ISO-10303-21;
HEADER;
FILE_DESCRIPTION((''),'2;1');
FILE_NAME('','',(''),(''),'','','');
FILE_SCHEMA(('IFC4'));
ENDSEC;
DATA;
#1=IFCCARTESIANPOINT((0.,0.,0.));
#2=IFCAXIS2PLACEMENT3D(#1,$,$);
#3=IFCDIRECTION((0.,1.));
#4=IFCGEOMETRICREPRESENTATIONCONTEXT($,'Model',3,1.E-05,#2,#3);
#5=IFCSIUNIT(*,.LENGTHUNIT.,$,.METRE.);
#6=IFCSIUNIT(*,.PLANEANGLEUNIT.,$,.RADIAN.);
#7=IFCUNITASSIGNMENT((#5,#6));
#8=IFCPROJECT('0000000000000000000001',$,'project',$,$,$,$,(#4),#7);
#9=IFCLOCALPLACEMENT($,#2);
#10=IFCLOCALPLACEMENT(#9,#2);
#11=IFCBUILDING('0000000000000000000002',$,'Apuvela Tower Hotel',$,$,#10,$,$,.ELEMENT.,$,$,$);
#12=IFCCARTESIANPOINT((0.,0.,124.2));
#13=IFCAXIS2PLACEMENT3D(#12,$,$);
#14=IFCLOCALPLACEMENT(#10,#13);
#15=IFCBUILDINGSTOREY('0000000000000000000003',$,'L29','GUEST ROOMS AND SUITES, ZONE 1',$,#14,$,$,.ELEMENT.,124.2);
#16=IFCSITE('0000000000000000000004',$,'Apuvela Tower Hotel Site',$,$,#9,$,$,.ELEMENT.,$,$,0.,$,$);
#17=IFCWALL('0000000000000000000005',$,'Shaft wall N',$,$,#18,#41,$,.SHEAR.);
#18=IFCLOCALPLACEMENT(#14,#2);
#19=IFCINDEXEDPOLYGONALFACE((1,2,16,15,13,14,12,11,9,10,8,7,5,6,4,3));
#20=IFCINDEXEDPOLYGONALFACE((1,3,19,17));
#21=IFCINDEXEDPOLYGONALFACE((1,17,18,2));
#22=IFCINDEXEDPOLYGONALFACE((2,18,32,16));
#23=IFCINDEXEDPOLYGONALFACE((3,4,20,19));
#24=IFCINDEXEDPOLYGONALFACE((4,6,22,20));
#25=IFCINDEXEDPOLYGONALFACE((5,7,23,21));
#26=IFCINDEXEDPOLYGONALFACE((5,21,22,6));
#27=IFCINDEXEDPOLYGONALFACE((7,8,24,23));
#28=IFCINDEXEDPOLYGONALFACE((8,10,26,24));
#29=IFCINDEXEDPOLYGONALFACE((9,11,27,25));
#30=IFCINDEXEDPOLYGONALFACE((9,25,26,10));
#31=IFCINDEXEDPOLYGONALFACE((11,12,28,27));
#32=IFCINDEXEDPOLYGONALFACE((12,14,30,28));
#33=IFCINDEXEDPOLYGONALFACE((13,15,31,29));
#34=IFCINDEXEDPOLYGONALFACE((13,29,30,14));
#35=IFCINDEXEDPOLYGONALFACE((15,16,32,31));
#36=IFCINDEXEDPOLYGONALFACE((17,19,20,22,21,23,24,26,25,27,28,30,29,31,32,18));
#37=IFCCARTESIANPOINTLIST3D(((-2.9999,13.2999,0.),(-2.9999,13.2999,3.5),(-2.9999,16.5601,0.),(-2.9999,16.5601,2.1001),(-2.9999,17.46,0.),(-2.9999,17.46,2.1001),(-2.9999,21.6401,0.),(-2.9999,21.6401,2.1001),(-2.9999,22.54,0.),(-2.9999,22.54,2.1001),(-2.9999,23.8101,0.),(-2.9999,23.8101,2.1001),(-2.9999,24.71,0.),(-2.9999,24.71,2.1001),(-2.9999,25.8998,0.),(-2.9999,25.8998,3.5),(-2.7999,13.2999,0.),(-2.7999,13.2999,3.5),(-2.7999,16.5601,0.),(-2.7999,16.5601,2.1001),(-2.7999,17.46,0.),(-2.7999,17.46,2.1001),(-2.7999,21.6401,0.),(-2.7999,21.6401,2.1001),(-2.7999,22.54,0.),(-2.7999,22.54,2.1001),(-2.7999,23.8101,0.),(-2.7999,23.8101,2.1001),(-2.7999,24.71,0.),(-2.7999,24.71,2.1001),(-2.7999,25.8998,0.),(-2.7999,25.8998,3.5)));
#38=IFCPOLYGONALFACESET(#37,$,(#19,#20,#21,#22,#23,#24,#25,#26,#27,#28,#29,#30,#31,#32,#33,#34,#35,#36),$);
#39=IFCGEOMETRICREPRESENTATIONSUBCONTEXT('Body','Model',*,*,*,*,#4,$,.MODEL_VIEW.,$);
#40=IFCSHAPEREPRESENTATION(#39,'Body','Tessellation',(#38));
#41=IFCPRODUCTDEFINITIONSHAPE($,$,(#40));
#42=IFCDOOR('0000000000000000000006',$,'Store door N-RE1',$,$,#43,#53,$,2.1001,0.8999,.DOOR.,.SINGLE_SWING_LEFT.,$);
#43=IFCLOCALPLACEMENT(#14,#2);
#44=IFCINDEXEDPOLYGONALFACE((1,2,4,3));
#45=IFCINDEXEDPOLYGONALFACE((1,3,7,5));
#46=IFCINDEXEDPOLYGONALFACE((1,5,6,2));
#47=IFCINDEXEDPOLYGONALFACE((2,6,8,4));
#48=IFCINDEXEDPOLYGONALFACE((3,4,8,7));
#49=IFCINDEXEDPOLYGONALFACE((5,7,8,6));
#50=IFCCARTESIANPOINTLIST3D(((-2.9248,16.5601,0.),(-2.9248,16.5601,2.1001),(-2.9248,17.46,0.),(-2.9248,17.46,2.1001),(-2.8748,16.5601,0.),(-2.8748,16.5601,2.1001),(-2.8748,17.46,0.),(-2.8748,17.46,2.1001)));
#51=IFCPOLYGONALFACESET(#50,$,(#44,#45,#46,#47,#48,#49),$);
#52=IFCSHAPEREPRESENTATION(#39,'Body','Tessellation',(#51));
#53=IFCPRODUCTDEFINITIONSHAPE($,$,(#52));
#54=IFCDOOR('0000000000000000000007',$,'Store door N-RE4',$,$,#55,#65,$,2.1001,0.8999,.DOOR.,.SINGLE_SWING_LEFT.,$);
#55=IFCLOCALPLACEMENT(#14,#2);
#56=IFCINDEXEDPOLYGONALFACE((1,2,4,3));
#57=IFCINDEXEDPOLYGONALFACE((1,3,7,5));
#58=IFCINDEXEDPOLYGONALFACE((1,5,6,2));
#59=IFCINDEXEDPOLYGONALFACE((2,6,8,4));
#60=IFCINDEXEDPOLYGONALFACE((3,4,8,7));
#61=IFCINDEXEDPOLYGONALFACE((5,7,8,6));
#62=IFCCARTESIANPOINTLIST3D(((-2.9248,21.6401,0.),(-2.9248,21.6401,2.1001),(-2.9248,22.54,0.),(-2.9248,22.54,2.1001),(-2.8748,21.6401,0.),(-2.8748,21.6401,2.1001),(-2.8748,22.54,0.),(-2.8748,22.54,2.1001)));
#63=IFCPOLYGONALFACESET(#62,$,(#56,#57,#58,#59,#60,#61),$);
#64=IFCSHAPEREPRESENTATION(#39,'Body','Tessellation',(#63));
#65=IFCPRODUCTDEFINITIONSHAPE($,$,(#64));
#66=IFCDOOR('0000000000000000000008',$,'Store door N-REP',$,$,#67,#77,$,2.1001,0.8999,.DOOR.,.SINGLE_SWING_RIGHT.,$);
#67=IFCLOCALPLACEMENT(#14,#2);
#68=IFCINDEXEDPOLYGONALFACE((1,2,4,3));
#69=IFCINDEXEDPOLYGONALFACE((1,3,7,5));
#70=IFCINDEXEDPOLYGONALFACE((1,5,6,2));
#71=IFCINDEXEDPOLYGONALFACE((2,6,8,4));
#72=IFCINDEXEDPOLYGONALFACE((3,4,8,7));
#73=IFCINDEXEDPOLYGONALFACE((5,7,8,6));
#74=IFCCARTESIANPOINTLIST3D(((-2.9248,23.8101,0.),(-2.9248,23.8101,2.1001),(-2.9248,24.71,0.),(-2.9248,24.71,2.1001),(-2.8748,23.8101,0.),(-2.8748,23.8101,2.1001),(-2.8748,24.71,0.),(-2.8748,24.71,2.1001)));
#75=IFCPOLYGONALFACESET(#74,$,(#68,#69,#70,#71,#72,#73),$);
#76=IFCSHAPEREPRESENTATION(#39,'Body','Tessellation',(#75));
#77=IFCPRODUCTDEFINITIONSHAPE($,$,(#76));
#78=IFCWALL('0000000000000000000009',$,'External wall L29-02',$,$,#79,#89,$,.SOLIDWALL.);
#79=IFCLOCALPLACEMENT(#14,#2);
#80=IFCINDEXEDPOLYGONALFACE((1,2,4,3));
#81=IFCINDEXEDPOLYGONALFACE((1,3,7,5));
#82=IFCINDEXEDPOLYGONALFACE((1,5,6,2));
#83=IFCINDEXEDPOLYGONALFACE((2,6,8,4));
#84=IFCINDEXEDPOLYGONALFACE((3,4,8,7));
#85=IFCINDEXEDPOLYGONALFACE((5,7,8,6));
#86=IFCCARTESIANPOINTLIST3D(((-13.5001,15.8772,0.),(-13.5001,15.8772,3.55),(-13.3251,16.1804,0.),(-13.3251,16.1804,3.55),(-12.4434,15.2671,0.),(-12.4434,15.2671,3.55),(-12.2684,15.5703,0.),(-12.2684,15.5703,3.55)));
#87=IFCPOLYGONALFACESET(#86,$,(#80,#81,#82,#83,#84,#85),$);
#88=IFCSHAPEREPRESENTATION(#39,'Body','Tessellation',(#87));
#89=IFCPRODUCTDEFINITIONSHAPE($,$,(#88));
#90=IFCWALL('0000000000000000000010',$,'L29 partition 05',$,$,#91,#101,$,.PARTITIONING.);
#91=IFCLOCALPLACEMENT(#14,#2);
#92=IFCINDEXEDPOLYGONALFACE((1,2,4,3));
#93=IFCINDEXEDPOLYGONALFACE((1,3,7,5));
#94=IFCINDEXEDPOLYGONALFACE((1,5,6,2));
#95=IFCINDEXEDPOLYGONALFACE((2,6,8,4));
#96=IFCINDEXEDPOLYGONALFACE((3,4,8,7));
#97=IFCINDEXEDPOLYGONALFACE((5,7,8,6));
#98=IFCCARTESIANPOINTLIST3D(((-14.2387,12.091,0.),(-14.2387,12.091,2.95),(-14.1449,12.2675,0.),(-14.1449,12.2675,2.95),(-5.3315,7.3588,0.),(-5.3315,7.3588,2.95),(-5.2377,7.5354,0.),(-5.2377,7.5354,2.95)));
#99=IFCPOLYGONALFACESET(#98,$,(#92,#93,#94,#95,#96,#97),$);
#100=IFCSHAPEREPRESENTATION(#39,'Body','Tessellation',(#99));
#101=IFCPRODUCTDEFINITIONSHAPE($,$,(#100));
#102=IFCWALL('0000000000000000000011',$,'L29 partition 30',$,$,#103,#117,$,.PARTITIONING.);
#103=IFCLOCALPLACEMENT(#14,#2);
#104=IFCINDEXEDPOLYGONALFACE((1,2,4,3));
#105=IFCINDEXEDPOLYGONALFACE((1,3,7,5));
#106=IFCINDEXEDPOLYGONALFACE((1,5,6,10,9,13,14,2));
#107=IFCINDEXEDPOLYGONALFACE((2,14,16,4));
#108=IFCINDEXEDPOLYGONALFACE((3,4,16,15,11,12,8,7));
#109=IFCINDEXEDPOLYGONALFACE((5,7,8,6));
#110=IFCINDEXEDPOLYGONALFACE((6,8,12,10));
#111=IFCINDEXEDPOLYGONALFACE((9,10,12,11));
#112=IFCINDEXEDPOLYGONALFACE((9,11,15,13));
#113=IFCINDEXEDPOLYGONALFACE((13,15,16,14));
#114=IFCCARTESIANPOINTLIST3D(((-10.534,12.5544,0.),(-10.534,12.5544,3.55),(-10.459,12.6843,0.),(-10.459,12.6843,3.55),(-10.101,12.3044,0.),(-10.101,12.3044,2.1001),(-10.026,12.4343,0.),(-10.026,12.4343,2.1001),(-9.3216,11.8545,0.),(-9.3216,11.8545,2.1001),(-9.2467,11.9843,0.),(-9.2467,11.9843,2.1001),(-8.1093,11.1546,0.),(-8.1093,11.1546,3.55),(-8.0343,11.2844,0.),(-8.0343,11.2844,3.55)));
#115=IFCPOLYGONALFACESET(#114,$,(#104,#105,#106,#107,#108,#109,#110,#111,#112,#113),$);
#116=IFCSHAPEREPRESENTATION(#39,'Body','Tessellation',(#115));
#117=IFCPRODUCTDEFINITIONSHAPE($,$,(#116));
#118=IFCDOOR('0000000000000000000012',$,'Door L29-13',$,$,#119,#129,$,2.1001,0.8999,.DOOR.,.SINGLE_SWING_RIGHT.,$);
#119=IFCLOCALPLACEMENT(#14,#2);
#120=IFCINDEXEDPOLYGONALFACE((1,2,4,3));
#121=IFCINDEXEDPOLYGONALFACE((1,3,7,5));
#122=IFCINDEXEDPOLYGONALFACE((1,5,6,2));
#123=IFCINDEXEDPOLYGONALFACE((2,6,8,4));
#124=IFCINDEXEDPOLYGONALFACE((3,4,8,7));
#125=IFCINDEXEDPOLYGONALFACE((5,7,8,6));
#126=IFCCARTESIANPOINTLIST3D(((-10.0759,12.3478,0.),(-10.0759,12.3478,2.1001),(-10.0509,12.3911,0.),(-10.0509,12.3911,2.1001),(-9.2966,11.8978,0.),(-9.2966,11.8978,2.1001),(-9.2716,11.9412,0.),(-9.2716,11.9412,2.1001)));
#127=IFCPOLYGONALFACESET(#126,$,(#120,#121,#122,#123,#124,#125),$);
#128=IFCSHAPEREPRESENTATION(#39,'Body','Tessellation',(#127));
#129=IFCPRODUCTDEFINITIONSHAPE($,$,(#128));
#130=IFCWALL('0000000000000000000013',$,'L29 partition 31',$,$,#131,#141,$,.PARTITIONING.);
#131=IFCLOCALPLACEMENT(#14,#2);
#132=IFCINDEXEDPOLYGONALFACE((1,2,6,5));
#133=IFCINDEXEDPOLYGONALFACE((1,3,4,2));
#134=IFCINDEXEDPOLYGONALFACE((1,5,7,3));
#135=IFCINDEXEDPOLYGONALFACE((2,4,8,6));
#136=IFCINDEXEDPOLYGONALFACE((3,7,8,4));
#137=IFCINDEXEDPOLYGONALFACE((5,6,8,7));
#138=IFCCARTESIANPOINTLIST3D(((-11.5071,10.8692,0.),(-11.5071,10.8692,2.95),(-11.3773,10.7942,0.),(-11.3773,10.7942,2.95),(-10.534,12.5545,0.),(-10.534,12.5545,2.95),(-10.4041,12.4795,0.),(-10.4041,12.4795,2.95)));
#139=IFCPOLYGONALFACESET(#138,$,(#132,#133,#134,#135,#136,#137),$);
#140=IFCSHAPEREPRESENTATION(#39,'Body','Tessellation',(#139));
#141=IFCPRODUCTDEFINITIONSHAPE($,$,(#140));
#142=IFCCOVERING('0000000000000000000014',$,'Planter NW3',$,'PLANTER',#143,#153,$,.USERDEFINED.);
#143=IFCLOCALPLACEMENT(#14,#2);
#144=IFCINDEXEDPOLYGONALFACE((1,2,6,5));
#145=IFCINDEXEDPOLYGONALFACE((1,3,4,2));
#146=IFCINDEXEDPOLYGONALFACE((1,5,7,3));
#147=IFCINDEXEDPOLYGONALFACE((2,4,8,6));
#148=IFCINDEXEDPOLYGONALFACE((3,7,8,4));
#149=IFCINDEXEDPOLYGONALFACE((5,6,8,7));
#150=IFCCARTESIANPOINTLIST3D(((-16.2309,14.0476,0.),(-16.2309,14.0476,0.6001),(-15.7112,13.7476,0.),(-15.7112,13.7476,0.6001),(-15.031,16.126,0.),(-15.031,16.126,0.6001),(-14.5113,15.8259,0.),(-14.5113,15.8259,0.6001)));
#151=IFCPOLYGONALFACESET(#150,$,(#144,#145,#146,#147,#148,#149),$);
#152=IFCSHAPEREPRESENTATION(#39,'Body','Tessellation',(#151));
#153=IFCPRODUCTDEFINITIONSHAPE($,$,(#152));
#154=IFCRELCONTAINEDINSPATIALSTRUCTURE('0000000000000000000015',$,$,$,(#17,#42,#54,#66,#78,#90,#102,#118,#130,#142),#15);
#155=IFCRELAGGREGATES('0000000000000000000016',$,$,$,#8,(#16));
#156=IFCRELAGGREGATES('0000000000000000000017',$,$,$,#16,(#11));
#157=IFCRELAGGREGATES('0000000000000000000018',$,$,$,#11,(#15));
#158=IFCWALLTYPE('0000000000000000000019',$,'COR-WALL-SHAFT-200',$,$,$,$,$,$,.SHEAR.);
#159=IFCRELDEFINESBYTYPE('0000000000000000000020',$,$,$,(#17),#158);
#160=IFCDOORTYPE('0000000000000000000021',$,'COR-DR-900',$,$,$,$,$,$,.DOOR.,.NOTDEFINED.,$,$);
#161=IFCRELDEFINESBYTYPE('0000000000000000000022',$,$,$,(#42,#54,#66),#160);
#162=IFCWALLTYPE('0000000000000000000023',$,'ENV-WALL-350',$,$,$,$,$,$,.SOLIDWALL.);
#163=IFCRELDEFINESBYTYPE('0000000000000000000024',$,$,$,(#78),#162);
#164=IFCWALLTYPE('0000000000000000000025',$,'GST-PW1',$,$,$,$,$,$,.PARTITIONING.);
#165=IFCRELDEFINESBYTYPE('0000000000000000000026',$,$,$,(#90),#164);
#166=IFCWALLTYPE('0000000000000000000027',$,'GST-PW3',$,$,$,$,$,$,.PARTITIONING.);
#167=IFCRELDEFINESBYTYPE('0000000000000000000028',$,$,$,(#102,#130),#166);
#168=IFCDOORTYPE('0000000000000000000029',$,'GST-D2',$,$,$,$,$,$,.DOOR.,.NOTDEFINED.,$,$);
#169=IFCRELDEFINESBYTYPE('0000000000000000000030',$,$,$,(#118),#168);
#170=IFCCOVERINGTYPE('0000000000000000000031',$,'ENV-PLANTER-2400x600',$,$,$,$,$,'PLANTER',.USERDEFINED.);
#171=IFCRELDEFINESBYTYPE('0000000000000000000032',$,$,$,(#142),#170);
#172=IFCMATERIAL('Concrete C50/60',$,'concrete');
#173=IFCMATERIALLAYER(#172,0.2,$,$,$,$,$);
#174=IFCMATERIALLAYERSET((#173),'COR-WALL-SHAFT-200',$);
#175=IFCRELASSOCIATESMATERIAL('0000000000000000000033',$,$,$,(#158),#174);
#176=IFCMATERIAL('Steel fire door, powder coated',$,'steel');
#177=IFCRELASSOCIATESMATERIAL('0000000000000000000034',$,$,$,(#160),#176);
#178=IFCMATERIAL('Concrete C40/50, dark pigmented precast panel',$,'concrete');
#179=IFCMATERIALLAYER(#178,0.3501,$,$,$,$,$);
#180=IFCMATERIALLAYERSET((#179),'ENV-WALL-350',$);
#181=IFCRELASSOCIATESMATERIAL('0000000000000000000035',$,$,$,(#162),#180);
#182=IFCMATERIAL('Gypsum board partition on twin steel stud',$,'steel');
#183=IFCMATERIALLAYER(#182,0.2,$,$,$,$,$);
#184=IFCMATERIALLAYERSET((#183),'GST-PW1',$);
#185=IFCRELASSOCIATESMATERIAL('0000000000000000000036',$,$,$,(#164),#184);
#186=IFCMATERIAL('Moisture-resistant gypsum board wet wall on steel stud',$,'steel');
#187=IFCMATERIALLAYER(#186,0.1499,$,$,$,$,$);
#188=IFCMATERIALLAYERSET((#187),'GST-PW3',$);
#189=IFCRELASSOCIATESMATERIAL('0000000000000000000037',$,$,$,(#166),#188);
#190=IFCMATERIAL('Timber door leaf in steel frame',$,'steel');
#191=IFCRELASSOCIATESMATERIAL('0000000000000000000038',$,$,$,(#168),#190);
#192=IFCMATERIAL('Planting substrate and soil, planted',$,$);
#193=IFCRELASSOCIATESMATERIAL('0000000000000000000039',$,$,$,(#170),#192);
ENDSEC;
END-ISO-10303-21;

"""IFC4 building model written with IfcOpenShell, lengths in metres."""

from ifc_helpers import new_model, si_unit, direction, frame, frame_2d, origin, origin_2d, place, context, subcontext, project, spatial, rectangle, extrude, material, layer, layer_set, type_object, element, fill, save


model = new_model("IFC4")

# Units and contexts
model_context = context("Model", 3, precision=1e-05, world=origin(), true_north=direction((0.0, 1.0)))
body_context = subcontext(model_context, "Body", "Model", "MODEL_VIEW")
ifc_project = project(units=[si_unit("LENGTHUNIT", "METRE"), si_unit("PLANEANGLEUNIT", "RADIAN")], contexts=[model_context])

# Site, building, storey
site_placement = place(None, origin())
site = spatial("IfcSite", under=ifc_project, at=site_placement, Name="Apuvela Tower Hotel Site", CompositionType="ELEMENT", RefElevation=0.0)
building_placement = place(site_placement, origin())
building = spatial("IfcBuilding", under=site, at=building_placement, Name="Apuvela Tower Hotel", CompositionType="ELEMENT")
storey_placement = place(building_placement, frame((0.0, 0.0, 124.2)))
storey = spatial("IfcBuildingStorey", under=building, at=storey_placement, Name="L29", Description="GUEST ROOMS AND SUITES, ZONE 1", CompositionType="ELEMENT", Elevation=124.2)

# Shared definitions
ifc_material_1 = material(Name="Concrete C50/60", Category="concrete")
ifc_layer_1 = layer(ifc_material_1, 0.2)
ifc_layer_set_1 = layer_set([ifc_layer_1], Name="COR-WALL-SHAFT-200")
wall_type_1 = type_object("IfcWallType", Name="COR-WALL-SHAFT-200", PredefinedType="SHEAR", material=ifc_layer_set_1)

# Wall, openings, doors
wall_1_placement = place(storey_placement, frame((-2.8999, 13.3, 0.0), z_axis=(0.0, 0.0, 1.0), x_axis=(0.0, 1.0, 0.0)))
wall_1 = element("IfcWall", 1, at=wall_1_placement, inside=storey, type_object=wall_type_1, Name="Shaft wall N", PredefinedType="SHEAR", context=body_context, shape_type="SweptSolid", body=[
    extrude(rectangle(XDim=12.5999, YDim=0.2, at=frame_2d((6.2998, 0.0))), origin(), (0.0, 0.0, 1.0), 3.5),
])
opening_1_placement = place(wall_1_placement, frame((3.26, 0.0, 0.0)))
opening_1 = element("IfcOpeningElement", 2, at=opening_1_placement, cuts=wall_1, PredefinedType="OPENING", context=body_context, shape_type="SweptSolid", body=[
    extrude(rectangle(XDim=0.8999, YDim=2.1001, at=frame_2d((0.45, 1.05))), frame((0.0, 0.1099, 0.0), z_axis=(0.0, -1.0, 0.0), x_axis=(1.0, 0.0, 0.0)), (0.0, 0.0, 1.0), 0.22),
])
opening_2_placement = place(wall_1_placement, frame((8.3401, 0.0, 0.0)))
opening_2 = element("IfcOpeningElement", 3, at=opening_2_placement, cuts=wall_1, PredefinedType="OPENING", context=body_context, shape_type="SweptSolid", body=[
    extrude(rectangle(XDim=0.8999, YDim=2.1001, at=frame_2d((0.45, 1.05))), frame((0.0, 0.1099, 0.0), z_axis=(0.0, -1.0, 0.0), x_axis=(1.0, 0.0, 0.0)), (0.0, 0.0, 1.0), 0.22),
])
opening_3_placement = place(wall_1_placement, frame((10.51, 0.0, 0.0)))
opening_3 = element("IfcOpeningElement", 4, at=opening_3_placement, cuts=wall_1, PredefinedType="OPENING", context=body_context, shape_type="SweptSolid", body=[
    extrude(rectangle(XDim=0.8999, YDim=2.1001, at=frame_2d((0.45, 1.05))), frame((0.0, 0.1099, 0.0), z_axis=(0.0, -1.0, 0.0), x_axis=(1.0, 0.0, 0.0)), (0.0, 0.0, 1.0), 0.22),
])
ifc_material_2 = material(Name="Steel fire door, powder coated", Category="steel")
door_type_1 = type_object("IfcDoorType", Name="COR-DR-900", OperationType="NOTDEFINED", PredefinedType="DOOR", material=ifc_material_2)
door_1_placement = place(opening_1_placement, origin())
door_1 = element("IfcDoor", 5, at=door_1_placement, inside=storey, type_object=door_type_1, Name="Store door N-RE1", OperationType="SINGLE_SWING_LEFT", OverallHeight=2.1001, OverallWidth=0.8999, PredefinedType="DOOR", context=body_context, shape_type="SweptSolid", body=[
    extrude(rectangle(XDim=0.8999, YDim=2.1001, at=frame_2d((0.45, 1.05))), frame((0.0, 0.0249, 0.0), z_axis=(0.0, -1.0, 0.0), x_axis=(1.0, 0.0, 0.0)), (0.0, 0.0, 1.0), 0.05),
])
fill(opening_1, door_1)
door_2_placement = place(opening_2_placement, origin())
door_2 = element("IfcDoor", 6, at=door_2_placement, inside=storey, type_object=door_type_1, Name="Store door N-RE4", OperationType="SINGLE_SWING_LEFT", OverallHeight=2.1001, OverallWidth=0.8999, PredefinedType="DOOR", context=body_context, shape_type="SweptSolid", body=[
    extrude(rectangle(XDim=0.8999, YDim=2.1001, at=frame_2d((0.45, 1.05))), frame((0.0, 0.0249, 0.0), z_axis=(0.0, -1.0, 0.0), x_axis=(1.0, 0.0, 0.0)), (0.0, 0.0, 1.0), 0.05),
])
fill(opening_2, door_2)
door_3_placement = place(opening_3_placement, origin())
door_3 = element("IfcDoor", 7, at=door_3_placement, inside=storey, type_object=door_type_1, Name="Store door N-REP", OperationType="SINGLE_SWING_RIGHT", OverallHeight=2.1001, OverallWidth=0.8999, PredefinedType="DOOR", context=body_context, shape_type="SweptSolid", body=[
    extrude(rectangle(XDim=0.8999, YDim=2.1001, at=frame_2d((0.45, 1.05))), frame((0.0, 0.0249, 0.0), z_axis=(0.0, -1.0, 0.0), x_axis=(1.0, 0.0, 0.0)), (0.0, 0.0, 1.0), 0.05),
])
fill(opening_3, door_3)

# Wall
ifc_material_3 = material(Name="Concrete C40/50, dark pigmented precast panel", Category="concrete")
ifc_layer_2 = layer(ifc_material_3, 0.3501)
ifc_layer_set_2 = layer_set([ifc_layer_2], Name="ENV-WALL-350")
wall_type_2 = type_object("IfcWallType", Name="ENV-WALL-350", PredefinedType="SOLIDWALL", material=ifc_layer_set_2)
wall_2_placement = place(storey_placement, frame((-13.4126, 16.0288, 0.0), z_axis=(0.0, 0.0, 1.0), x_axis=(0.866006, -0.500034, 0.0)))
element("IfcWall", 8, at=wall_2_placement, inside=storey, type_object=wall_type_2, Name="External wall L29-02", PredefinedType="SOLIDWALL", context=body_context, shape_type="SweptSolid", body=[
    extrude(rectangle(XDim=1.2202, YDim=0.3501, at=frame_2d((0.6101, 0.0))), origin(), (0.0, 0.0, 1.0), 3.55),
])

# Wall
ifc_material_4 = material(Name="Gypsum board partition on twin steel stud", Category="steel")
ifc_layer_3 = layer(ifc_material_4, 0.2)
ifc_layer_set_3 = layer_set([ifc_layer_3], Name="GST-PW1")
wall_type_3 = type_object("IfcWallType", Name="GST-PW1", PredefinedType="PARTITIONING", material=ifc_layer_set_3)
wall_3_placement = place(storey_placement, frame((-14.1917, 12.1792, 0.0), z_axis=(0.0, 0.0, 1.0), x_axis=(0.883107, -0.469172, 0.0)))
element("IfcWall", 9, at=wall_3_placement, inside=storey, type_object=wall_type_3, Name="L29 partition 05", PredefinedType="PARTITIONING", context=body_context, shape_type="SweptSolid", body=[
    extrude(rectangle(XDim=10.0862, YDim=0.2, at=frame_2d((5.043, 0.0))), origin(), (0.0, 0.0, 1.0), 2.95),
])

# Wall, opening, door
ifc_material_5 = material(Name="Moisture-resistant gypsum board wet wall on steel stud", Category="steel")
ifc_layer_4 = layer(ifc_material_5, 0.1499)
ifc_layer_set_4 = layer_set([ifc_layer_4], Name="GST-PW3")
wall_type_4 = type_object("IfcWallType", Name="GST-PW3", PredefinedType="PARTITIONING", material=ifc_layer_set_4)
wall_4_placement = place(storey_placement, frame((-8.0718, 11.2195, 0.0), z_axis=(0.0, 0.0, 1.0), x_axis=(-0.866035, 0.499984, 0.0)))
wall_4 = element("IfcWall", 10, at=wall_4_placement, inside=storey, type_object=wall_type_4, Name="L29 partition 30", PredefinedType="PARTITIONING", context=body_context, shape_type="SweptSolid", body=[
    extrude(rectangle(XDim=2.7998, YDim=0.1499, at=frame_2d((1.3999, 0.0))), origin(), (0.0, 0.0, 1.0), 3.55),
])
opening_4_placement = place(wall_4_placement, frame((1.3999, 0.0, 0.0)))
opening_4 = element("IfcOpeningElement", 11, at=opening_4_placement, cuts=wall_4, PredefinedType="OPENING", context=body_context, shape_type="SweptSolid", body=[
    extrude(rectangle(XDim=0.8999, YDim=2.1001, at=frame_2d((0.45, 1.05))), frame((0.0, 0.085, 0.0), z_axis=(0.0, -1.0, 0.0), x_axis=(1.0, 0.0, 0.0)), (0.0, 0.0, 1.0), 0.1699),
])
ifc_material_6 = material(Name="Timber door leaf in steel frame", Category="steel")
door_type_2 = type_object("IfcDoorType", Name="GST-D2", OperationType="NOTDEFINED", PredefinedType="DOOR", material=ifc_material_6)
door_4_placement = place(opening_4_placement, origin())
door_4 = element("IfcDoor", 12, at=door_4_placement, inside=storey, type_object=door_type_2, Name="Door L29-13", OperationType="SINGLE_SWING_RIGHT", OverallHeight=2.1001, OverallWidth=0.8999, PredefinedType="DOOR", context=body_context, shape_type="SweptSolid", body=[
    extrude(rectangle(XDim=0.8999, YDim=2.1001, at=frame_2d((0.45, 1.05))), frame((0.0, 0.0249, 0.0), z_axis=(0.0, -1.0, 0.0), x_axis=(1.0, 0.0, 0.0)), (0.0, 0.0, 1.0), 0.05),
])
fill(opening_4, door_4)

# Wall
wall_5_placement = place(storey_placement, frame((-10.469, 12.5171, 0.0), z_axis=(0.0, 0.0, 1.0), x_axis=(-0.500052, -0.865995, 0.0)))
element("IfcWall", 13, at=wall_5_placement, inside=storey, type_object=wall_type_4, Name="L29 partition 31", PredefinedType="PARTITIONING", context=body_context, shape_type="SweptSolid", body=[
    extrude(rectangle(XDim=1.946, YDim=0.1499, at=frame_2d((0.9731, 0.0))), origin(), (0.0, 0.0, 1.0), 2.95),
])

# Covering
ifc_material_7 = material(Name="Planting substrate and soil, planted")
covering_type = type_object("IfcCoveringType", Name="ENV-PLANTER-2400x600", ElementType="PLANTER", PredefinedType="USERDEFINED", material=ifc_material_7)
covering_placement = place(storey_placement, frame((-15.3711, 14.9368, 0.0), z_axis=(0.0, 0.0, 1.0), x_axis=(-0.5, -0.866025, 0.0)))
element("IfcCovering", 14, at=covering_placement, inside=storey, type_object=covering_type, Name="Planter NW3", ObjectType="PLANTER", PredefinedType="USERDEFINED", context=body_context, shape_type="SweptSolid", body=[
    extrude(rectangle(XDim=2.3999, YDim=0.6001, at=origin_2d()), origin(), (0.0, 0.0, 1.0), 0.6001),
])

save(model, "model.ifc")
